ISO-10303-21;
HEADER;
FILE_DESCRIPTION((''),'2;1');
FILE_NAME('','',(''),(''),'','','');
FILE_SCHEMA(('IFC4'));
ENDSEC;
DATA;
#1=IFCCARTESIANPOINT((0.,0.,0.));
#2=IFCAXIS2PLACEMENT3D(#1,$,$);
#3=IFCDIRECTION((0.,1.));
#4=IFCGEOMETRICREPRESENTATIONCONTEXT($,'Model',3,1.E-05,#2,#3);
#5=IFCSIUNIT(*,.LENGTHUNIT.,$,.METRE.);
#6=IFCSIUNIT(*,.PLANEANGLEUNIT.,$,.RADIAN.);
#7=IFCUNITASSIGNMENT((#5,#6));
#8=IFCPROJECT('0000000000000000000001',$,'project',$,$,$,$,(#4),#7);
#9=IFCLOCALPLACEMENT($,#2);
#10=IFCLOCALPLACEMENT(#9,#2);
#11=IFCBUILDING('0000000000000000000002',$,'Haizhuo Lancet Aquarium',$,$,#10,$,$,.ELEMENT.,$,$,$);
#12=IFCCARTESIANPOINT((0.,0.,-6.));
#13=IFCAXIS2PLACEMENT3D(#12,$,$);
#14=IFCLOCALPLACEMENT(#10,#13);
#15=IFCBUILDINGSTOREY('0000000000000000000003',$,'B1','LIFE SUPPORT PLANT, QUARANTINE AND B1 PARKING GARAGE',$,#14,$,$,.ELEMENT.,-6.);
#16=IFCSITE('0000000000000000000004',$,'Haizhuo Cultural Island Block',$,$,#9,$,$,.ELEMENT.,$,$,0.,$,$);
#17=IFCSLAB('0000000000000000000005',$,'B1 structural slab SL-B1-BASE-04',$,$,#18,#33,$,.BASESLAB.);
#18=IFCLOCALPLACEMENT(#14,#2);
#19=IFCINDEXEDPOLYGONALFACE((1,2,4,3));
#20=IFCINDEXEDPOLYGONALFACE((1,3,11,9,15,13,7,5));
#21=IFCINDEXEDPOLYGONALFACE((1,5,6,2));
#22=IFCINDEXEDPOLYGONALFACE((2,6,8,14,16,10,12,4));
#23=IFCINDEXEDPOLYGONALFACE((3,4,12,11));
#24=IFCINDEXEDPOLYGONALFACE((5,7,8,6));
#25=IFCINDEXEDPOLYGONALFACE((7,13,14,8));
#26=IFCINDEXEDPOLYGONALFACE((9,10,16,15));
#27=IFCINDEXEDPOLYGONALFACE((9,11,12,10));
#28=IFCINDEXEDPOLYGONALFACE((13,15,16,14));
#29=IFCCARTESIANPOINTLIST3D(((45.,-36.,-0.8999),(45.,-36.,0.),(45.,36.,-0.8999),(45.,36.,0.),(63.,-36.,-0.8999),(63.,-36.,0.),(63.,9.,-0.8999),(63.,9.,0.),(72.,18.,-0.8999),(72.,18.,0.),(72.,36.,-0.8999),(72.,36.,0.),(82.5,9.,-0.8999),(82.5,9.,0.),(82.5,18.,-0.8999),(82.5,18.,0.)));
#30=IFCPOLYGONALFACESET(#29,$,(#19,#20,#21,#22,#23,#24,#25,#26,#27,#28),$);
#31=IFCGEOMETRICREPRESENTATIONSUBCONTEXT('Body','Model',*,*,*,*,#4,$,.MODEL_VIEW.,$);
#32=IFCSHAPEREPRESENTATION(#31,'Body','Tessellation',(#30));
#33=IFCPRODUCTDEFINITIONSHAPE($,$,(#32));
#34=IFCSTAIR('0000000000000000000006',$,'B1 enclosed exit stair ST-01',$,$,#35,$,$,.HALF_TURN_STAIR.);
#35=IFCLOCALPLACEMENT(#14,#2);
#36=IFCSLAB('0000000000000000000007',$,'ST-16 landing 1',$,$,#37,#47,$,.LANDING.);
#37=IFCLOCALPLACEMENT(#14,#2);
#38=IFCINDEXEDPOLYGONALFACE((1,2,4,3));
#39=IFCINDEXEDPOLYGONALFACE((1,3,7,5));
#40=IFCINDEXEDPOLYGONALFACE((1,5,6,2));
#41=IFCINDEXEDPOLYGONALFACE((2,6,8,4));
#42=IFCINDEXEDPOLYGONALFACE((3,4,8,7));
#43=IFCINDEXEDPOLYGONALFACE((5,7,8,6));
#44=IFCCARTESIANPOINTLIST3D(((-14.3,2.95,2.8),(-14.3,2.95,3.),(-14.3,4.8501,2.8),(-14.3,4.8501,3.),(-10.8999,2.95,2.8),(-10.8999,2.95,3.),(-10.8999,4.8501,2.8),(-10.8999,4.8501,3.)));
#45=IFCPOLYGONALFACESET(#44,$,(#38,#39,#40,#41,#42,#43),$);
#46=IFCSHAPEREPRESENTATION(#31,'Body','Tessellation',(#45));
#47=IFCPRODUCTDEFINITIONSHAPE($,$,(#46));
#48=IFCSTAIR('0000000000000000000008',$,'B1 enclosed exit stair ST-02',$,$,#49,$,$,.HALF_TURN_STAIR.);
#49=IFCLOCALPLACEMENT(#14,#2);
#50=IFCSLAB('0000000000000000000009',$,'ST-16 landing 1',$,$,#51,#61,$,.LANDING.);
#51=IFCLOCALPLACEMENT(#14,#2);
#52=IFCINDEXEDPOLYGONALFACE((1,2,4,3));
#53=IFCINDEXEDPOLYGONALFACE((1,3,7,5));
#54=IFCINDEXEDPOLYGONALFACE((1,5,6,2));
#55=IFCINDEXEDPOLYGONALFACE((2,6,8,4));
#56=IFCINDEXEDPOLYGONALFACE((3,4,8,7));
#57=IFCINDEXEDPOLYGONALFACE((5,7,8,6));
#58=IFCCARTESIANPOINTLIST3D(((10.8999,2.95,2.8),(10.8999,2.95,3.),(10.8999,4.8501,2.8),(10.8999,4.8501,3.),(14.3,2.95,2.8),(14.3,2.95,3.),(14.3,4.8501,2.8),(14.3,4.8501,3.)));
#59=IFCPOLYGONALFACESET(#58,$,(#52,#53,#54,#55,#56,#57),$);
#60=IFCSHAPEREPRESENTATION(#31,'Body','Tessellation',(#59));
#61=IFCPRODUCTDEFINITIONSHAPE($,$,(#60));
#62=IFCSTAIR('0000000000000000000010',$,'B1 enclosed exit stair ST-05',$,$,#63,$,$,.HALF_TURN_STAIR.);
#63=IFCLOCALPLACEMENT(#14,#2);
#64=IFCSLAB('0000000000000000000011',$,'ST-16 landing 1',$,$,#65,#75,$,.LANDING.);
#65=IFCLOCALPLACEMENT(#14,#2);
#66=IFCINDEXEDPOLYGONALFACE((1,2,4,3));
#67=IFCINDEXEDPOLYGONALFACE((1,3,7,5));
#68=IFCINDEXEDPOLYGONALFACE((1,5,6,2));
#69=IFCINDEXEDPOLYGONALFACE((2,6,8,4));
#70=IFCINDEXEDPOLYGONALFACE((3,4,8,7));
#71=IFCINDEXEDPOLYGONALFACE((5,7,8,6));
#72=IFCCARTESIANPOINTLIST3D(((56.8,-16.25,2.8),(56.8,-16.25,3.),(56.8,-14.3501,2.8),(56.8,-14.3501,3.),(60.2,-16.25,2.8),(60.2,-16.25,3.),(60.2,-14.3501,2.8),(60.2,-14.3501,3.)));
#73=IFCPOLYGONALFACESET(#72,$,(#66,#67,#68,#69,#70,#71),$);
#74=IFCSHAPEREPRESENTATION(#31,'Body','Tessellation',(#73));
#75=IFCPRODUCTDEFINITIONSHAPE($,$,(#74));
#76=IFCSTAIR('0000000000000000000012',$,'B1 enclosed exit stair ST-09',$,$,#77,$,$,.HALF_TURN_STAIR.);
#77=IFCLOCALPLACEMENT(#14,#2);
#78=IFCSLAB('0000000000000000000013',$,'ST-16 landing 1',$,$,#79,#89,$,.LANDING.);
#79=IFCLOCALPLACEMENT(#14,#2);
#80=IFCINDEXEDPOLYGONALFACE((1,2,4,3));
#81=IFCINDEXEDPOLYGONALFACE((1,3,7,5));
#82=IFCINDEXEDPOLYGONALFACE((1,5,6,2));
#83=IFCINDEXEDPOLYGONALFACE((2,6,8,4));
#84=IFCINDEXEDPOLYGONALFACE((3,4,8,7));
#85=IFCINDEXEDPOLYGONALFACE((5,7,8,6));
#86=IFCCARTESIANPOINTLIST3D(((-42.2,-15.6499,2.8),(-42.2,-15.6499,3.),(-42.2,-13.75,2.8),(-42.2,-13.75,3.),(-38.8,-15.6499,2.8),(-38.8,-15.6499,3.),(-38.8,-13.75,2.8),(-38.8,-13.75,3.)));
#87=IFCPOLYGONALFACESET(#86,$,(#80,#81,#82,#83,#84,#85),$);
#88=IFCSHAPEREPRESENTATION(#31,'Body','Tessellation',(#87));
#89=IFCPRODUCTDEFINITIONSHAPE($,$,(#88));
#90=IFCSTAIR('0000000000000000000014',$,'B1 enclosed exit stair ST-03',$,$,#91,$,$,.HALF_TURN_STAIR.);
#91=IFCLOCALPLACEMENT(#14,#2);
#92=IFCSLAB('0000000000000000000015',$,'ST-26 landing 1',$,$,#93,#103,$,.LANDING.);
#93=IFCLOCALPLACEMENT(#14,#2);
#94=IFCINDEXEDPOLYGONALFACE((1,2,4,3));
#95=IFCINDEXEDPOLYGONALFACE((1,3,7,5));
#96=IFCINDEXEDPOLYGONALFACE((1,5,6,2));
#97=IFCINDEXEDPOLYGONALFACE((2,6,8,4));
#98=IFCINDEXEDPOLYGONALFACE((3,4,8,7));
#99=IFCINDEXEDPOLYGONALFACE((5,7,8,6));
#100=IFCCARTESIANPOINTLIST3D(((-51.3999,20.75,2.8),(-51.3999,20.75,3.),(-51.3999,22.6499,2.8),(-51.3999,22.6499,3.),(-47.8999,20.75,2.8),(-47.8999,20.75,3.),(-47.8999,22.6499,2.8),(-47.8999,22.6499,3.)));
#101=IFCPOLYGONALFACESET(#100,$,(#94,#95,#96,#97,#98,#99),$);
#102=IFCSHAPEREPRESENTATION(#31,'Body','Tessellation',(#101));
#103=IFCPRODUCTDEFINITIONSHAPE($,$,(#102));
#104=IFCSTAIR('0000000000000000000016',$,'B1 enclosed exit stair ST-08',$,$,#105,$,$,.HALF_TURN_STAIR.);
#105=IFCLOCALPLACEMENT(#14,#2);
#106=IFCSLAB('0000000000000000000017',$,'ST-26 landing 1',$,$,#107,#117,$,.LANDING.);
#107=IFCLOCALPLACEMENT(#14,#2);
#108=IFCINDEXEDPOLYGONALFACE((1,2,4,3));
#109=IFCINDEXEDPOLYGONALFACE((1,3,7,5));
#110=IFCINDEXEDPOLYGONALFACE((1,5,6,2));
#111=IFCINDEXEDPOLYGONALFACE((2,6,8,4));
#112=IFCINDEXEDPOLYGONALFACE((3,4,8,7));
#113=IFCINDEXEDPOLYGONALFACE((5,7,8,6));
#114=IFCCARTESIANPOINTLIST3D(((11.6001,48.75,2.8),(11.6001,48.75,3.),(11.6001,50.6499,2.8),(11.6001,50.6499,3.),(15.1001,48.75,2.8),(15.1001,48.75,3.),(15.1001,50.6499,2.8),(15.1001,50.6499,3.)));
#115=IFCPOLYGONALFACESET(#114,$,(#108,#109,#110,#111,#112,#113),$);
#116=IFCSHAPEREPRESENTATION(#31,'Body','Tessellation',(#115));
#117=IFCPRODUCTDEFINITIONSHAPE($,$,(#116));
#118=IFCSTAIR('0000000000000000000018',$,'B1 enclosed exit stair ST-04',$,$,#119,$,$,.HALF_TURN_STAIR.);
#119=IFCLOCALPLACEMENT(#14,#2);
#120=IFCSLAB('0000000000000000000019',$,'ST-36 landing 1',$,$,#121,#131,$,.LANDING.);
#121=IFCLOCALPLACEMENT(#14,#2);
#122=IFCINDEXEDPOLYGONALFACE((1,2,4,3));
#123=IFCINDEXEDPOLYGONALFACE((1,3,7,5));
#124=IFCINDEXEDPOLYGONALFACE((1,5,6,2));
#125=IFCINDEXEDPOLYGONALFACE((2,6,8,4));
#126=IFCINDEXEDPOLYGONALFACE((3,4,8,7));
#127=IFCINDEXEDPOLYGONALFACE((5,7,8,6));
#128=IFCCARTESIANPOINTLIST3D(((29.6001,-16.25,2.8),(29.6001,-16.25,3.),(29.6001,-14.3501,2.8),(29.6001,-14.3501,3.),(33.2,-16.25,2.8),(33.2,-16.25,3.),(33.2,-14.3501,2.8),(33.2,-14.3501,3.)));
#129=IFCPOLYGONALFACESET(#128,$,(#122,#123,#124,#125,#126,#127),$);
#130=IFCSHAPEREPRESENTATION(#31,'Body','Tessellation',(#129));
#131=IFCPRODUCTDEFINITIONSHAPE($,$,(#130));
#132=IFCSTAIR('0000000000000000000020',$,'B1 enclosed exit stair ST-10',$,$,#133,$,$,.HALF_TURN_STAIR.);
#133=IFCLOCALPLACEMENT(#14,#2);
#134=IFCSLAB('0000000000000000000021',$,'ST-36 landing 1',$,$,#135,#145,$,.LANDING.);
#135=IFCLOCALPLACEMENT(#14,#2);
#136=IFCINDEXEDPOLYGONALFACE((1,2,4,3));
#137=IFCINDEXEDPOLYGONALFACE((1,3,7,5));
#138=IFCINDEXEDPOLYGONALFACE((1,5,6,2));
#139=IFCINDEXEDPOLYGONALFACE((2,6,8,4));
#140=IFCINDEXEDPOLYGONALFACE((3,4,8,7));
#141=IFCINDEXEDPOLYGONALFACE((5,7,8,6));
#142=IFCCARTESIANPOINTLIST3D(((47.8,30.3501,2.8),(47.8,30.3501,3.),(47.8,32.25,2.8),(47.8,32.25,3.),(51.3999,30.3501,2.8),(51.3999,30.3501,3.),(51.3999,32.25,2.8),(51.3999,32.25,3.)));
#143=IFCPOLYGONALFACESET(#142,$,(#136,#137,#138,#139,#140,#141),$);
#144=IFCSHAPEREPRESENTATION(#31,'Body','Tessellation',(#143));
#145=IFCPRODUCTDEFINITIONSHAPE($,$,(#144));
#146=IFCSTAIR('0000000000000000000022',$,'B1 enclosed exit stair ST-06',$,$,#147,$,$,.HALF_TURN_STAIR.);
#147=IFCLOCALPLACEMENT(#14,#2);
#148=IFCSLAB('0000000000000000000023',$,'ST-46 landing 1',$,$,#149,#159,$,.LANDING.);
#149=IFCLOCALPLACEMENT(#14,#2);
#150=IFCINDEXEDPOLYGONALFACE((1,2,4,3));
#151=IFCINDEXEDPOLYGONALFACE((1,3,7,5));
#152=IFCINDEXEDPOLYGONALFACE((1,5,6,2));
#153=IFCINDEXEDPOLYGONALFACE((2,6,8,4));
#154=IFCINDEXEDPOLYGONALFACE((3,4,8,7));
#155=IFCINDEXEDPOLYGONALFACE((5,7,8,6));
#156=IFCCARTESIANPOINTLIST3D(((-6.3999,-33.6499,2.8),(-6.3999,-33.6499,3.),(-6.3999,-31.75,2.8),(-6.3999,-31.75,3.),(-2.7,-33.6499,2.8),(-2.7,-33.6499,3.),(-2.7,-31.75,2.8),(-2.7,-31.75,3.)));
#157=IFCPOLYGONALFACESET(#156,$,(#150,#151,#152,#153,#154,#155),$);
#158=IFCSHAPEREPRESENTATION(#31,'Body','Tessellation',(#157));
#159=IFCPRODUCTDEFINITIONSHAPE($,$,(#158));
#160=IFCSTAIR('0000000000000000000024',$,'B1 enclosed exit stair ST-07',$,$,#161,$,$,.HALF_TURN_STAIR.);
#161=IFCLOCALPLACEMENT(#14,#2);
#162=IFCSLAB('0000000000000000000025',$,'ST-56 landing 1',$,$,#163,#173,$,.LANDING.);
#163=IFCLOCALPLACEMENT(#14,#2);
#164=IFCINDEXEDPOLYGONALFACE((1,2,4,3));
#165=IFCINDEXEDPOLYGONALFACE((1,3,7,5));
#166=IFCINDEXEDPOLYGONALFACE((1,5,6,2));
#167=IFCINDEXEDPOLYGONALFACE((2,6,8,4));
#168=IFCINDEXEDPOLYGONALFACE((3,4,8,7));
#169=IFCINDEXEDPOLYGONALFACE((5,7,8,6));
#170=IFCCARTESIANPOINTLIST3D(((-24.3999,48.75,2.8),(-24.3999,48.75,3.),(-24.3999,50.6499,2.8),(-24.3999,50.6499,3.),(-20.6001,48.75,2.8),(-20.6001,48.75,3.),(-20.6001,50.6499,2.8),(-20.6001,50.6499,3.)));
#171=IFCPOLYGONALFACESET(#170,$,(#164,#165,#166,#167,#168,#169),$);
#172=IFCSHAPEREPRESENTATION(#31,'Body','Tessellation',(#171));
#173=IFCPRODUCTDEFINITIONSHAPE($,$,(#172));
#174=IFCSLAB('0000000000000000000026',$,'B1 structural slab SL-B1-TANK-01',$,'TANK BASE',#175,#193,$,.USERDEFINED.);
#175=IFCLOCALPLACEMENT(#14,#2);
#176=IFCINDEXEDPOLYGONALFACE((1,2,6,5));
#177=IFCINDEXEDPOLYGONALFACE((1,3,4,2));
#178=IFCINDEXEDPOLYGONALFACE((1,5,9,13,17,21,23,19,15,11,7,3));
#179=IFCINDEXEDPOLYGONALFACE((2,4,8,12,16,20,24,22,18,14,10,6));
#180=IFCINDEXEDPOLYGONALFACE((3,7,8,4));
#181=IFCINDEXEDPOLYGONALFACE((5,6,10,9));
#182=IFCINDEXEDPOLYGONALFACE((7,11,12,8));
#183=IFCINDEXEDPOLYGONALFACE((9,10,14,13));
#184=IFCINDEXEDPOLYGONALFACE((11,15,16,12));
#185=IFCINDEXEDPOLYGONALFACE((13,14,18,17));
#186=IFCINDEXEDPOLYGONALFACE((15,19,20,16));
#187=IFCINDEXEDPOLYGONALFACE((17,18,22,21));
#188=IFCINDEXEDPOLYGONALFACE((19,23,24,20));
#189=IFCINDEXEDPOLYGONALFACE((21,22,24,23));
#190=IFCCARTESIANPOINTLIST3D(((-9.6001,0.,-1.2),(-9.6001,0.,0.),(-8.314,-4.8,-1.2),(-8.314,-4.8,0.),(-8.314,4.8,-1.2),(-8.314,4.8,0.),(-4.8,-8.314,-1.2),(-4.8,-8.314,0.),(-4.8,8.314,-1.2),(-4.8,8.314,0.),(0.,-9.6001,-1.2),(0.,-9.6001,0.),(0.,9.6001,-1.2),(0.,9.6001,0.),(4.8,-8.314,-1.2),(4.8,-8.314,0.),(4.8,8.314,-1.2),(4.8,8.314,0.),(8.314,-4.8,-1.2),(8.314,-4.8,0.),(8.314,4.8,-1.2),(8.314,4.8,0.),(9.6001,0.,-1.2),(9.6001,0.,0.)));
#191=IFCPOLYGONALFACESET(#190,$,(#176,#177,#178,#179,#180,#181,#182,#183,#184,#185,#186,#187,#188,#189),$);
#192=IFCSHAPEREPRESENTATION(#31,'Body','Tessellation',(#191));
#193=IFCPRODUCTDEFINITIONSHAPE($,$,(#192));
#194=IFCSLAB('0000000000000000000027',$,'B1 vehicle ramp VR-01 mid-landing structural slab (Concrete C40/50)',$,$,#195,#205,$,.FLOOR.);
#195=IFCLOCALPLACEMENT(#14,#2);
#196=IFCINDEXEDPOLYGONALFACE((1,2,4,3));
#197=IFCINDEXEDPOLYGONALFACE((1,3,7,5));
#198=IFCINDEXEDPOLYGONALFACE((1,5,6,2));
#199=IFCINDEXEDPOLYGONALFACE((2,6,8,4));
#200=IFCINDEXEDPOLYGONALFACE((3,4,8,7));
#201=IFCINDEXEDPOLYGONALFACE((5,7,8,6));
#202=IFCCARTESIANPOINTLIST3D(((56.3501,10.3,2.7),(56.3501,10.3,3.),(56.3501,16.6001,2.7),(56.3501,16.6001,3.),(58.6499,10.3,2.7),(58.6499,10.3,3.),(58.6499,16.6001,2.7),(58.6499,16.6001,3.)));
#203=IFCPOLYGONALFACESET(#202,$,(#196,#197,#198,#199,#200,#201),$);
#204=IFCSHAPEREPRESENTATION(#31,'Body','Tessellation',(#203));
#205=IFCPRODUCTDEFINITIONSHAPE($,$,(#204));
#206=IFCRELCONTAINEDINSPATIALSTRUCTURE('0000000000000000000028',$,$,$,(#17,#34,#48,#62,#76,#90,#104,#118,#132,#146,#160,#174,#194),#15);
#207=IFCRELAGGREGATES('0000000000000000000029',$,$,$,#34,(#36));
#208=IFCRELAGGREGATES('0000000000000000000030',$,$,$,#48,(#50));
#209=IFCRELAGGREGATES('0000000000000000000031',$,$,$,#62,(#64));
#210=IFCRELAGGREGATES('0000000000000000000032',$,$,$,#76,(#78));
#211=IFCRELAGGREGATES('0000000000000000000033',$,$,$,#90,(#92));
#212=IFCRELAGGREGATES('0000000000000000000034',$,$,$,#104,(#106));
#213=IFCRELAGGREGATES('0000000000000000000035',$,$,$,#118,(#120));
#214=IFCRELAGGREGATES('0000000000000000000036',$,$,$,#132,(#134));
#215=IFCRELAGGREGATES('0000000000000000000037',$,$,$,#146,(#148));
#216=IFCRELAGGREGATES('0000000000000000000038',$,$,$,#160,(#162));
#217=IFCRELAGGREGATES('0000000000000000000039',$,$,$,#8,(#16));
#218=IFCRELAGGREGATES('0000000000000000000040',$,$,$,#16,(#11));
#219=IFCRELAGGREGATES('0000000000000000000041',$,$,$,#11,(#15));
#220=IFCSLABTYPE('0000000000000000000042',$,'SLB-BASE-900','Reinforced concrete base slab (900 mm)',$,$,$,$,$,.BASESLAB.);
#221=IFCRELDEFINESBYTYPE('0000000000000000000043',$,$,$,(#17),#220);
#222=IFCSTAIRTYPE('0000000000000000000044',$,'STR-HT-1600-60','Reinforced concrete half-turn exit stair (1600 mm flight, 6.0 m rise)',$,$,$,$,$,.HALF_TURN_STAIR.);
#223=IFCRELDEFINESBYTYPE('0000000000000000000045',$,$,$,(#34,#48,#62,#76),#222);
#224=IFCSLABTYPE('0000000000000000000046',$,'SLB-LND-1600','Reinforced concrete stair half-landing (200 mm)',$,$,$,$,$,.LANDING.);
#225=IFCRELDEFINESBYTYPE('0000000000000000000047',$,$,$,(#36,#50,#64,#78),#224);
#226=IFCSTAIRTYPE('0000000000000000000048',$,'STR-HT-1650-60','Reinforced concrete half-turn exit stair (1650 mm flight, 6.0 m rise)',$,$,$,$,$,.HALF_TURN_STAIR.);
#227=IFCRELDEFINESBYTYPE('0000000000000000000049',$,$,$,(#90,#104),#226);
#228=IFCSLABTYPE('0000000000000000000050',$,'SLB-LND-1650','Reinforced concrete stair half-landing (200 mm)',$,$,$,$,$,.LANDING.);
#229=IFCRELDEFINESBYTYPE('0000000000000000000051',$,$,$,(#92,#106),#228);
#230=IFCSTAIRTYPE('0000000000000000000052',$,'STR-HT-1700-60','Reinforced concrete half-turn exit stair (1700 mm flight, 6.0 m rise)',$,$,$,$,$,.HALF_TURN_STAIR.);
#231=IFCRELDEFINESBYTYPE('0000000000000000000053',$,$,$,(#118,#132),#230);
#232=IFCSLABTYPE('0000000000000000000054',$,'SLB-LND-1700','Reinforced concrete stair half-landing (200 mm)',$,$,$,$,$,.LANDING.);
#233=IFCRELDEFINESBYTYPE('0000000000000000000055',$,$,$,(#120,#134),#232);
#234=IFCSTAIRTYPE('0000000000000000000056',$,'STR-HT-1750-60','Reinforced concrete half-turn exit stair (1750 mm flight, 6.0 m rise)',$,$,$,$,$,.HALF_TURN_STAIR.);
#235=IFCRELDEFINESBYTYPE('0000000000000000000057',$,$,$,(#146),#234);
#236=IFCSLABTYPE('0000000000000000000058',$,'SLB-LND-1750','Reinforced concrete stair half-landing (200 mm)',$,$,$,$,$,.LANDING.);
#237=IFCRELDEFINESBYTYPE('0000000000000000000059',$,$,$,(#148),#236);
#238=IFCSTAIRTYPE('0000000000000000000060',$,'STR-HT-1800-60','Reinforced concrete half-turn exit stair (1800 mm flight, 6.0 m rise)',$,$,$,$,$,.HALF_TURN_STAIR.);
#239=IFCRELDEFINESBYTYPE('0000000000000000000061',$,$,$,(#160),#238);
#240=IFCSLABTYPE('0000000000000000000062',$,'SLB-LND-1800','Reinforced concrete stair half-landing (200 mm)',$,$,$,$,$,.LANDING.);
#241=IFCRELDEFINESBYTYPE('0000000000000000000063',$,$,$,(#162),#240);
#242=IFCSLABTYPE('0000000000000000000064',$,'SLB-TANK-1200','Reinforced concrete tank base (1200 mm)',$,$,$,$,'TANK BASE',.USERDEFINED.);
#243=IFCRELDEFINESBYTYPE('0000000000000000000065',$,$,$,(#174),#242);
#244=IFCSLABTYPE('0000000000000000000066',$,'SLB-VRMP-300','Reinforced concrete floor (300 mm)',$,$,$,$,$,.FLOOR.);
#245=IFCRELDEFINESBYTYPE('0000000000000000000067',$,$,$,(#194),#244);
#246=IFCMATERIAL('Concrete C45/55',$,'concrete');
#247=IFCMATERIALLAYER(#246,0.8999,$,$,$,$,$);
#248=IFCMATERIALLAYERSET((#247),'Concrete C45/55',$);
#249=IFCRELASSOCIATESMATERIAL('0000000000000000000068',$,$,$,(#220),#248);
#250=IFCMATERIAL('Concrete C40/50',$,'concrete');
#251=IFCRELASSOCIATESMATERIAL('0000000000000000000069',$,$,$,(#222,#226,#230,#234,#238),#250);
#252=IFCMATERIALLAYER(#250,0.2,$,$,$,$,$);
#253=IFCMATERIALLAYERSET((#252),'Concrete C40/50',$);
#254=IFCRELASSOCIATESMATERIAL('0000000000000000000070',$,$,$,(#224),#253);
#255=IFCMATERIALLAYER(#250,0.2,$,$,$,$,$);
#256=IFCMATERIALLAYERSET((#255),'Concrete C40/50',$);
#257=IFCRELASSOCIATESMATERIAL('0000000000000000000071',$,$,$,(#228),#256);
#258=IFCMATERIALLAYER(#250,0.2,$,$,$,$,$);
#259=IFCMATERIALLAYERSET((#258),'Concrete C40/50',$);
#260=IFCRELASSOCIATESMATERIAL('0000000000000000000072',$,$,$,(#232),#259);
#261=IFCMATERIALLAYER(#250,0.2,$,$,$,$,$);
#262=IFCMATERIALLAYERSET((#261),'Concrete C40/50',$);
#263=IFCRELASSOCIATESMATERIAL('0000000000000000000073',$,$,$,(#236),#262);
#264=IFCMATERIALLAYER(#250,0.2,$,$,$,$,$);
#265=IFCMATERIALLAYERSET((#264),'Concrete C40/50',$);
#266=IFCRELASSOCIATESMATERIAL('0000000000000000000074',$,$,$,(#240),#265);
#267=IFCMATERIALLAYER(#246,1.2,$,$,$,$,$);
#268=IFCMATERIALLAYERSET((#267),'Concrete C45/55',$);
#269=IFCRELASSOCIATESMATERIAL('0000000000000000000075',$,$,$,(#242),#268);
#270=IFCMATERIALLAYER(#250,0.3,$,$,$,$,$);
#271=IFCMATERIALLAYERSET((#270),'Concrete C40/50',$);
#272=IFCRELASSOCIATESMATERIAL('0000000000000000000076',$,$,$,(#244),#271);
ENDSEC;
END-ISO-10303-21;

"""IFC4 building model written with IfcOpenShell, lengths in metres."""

from ifc_helpers import new_model, si_unit, direction, frame, origin, place, context, subcontext, project, spatial, polyline, outline, extrude, material, layer, layer_set, type_object, element, aggregate, save


model = new_model("IFC4")

# Units and contexts
model_context = context("Model", 3, precision=1e-05, world=origin(), true_north=direction((0.0, 1.0)))
body_context = subcontext(model_context, "Body", "Model", "MODEL_VIEW")
ifc_project = project(units=[si_unit("LENGTHUNIT", "METRE"), si_unit("PLANEANGLEUNIT", "RADIAN")], contexts=[model_context])

# Site, building, storey
site_placement = place(None, origin())
site = spatial("IfcSite", under=ifc_project, at=site_placement, Name="Haizhuo Cultural Island Block", CompositionType="ELEMENT", RefElevation=0.0)
building_placement = place(site_placement, origin())
building = spatial("IfcBuilding", under=site, at=building_placement, Name="Haizhuo Lancet Aquarium", CompositionType="ELEMENT")
storey_placement = place(building_placement, frame((0.0, 0.0, -6.0)))
storey = spatial("IfcBuildingStorey", under=building, at=storey_placement, Name="B1", Description="LIFE SUPPORT PLANT, QUARANTINE AND B1 PARKING GARAGE", CompositionType="ELEMENT", Elevation=-6.0)

# Shared definitions
ifc_material_1 = material(Name="Concrete C40/50", Category="concrete")

# Slab
ifc_material_2 = material(Name="Concrete C45/55", Category="concrete")
ifc_layer_1 = layer(ifc_material_2, 0.8999)
ifc_layer_set_1 = layer_set([ifc_layer_1], Name="Concrete C45/55")
slab_type_1 = type_object("IfcSlabType", Name="SLB-BASE-900", Description="Reinforced concrete base slab (900 mm)", PredefinedType="BASESLAB", material=ifc_layer_set_1)
slab_1_placement = place(storey_placement, frame((0.0, 0.0, -0.8999)))
element("IfcSlab", 1, at=slab_1_placement, inside=storey, type_object=slab_type_1, Name="B1 structural slab SL-B1-BASE-04", PredefinedType="BASESLAB", context=body_context, shape_type="SweptSolid", body=[
    extrude(outline(polyline([(45.0, 36.0), (45.0, -36.0), (63.0, -36.0), (63.0, 9.0), (82.5, 9.0), (82.5, 18.0), (72.0, 18.0), (72.0, 36.0), (45.0, 36.0)])), origin(), (0.0, 0.0, 1.0), 0.8999),
])

# Stairs, slabs
stair_type_1 = type_object("IfcStairType", Name="STR-HT-1600-60", Description="Reinforced concrete half-turn exit stair (1600 mm flight, 6.0 m rise)", PredefinedType="HALF_TURN_STAIR", material=ifc_material_1)
stair_1_placement = place(storey_placement, origin())
stair_1 = element("IfcStair", 2, at=stair_1_placement, inside=storey, type_object=stair_type_1, Name="B1 enclosed exit stair ST-01", PredefinedType="HALF_TURN_STAIR")
ifc_layer_2 = layer(ifc_material_1, 0.2)
ifc_layer_set_2 = layer_set([ifc_layer_2], Name="Concrete C40/50")
slab_type_2 = type_object("IfcSlabType", Name="SLB-LND-1600", Description="Reinforced concrete stair half-landing (200 mm)", PredefinedType="LANDING", material=ifc_layer_set_2)
slab_2_placement = place(storey_placement, frame((0.0, 0.0, 2.8)))
slab_2 = element("IfcSlab", 3, at=slab_2_placement, type_object=slab_type_2, Name="ST-16 landing 1", PredefinedType="LANDING", context=body_context, shape_type="SweptSolid", body=[
    extrude(outline(polyline([(-10.8999, 2.95), (-10.8999, 4.8501), (-14.3, 4.8501), (-14.3, 2.95), (-10.8999, 2.95)])), origin(), (0.0, 0.0, 1.0), 0.2),
])
aggregate(stair_1, [slab_2])
stair_2_placement = place(storey_placement, origin())
stair_2 = element("IfcStair", 4, at=stair_2_placement, inside=storey, type_object=stair_type_1, Name="B1 enclosed exit stair ST-02", PredefinedType="HALF_TURN_STAIR")
slab_3_placement = place(storey_placement, frame((0.0, 0.0, 2.8)))
slab_3 = element("IfcSlab", 5, at=slab_3_placement, type_object=slab_type_2, Name="ST-16 landing 1", PredefinedType="LANDING", context=body_context, shape_type="SweptSolid", body=[
    extrude(outline(polyline([(14.3, 2.95), (14.3, 4.8501), (10.8999, 4.8501), (10.8999, 2.95), (14.3, 2.95)])), origin(), (0.0, 0.0, 1.0), 0.2),
])
aggregate(stair_2, [slab_3])
stair_3_placement = place(storey_placement, origin())
stair_3 = element("IfcStair", 6, at=stair_3_placement, inside=storey, type_object=stair_type_1, Name="B1 enclosed exit stair ST-05", PredefinedType="HALF_TURN_STAIR")
slab_4_placement = place(storey_placement, frame((0.0, 0.0, 2.8)))
slab_4 = element("IfcSlab", 7, at=slab_4_placement, type_object=slab_type_2, Name="ST-16 landing 1", PredefinedType="LANDING", context=body_context, shape_type="SweptSolid", body=[
    extrude(outline(polyline([(60.2, -16.25), (60.2, -14.3501), (56.8, -14.3501), (56.8, -16.25), (60.2, -16.25)])), origin(), (0.0, 0.0, 1.0), 0.2),
])
aggregate(stair_3, [slab_4])
stair_4_placement = place(storey_placement, origin())
stair_4 = element("IfcStair", 8, at=stair_4_placement, inside=storey, type_object=stair_type_1, Name="B1 enclosed exit stair ST-09", PredefinedType="HALF_TURN_STAIR")
slab_5_placement = place(storey_placement, frame((0.0, 0.0, 2.8)))
slab_5 = element("IfcSlab", 9, at=slab_5_placement, type_object=slab_type_2, Name="ST-16 landing 1", PredefinedType="LANDING", context=body_context, shape_type="SweptSolid", body=[
    extrude(outline(polyline([(-38.8, -15.6499), (-38.8, -13.75), (-42.2, -13.75), (-42.2, -15.6499), (-38.8, -15.6499)])), origin(), (0.0, 0.0, 1.0), 0.2),
])
aggregate(stair_4, [slab_5])
stair_type_2 = type_object("IfcStairType", Name="STR-HT-1650-60", Description="Reinforced concrete half-turn exit stair (1650 mm flight, 6.0 m rise)", PredefinedType="HALF_TURN_STAIR", material=ifc_material_1)
stair_5_placement = place(storey_placement, origin())
stair_5 = element("IfcStair", 10, at=stair_5_placement, inside=storey, type_object=stair_type_2, Name="B1 enclosed exit stair ST-03", PredefinedType="HALF_TURN_STAIR")
ifc_layer_3 = layer(ifc_material_1, 0.2)
ifc_layer_set_3 = layer_set([ifc_layer_3], Name="Concrete C40/50")
slab_type_3 = type_object("IfcSlabType", Name="SLB-LND-1650", Description="Reinforced concrete stair half-landing (200 mm)", PredefinedType="LANDING", material=ifc_layer_set_3)
slab_6_placement = place(storey_placement, frame((0.0, 0.0, 2.8)))
slab_6 = element("IfcSlab", 11, at=slab_6_placement, type_object=slab_type_3, Name="ST-26 landing 1", PredefinedType="LANDING", context=body_context, shape_type="SweptSolid", body=[
    extrude(outline(polyline([(-47.8999, 20.75), (-47.8999, 22.6499), (-51.3999, 22.6499), (-51.3999, 20.75), (-47.8999, 20.75)])), origin(), (0.0, 0.0, 1.0), 0.2),
])
aggregate(stair_5, [slab_6])
stair_6_placement = place(storey_placement, origin())
stair_6 = element("IfcStair", 12, at=stair_6_placement, inside=storey, type_object=stair_type_2, Name="B1 enclosed exit stair ST-08", PredefinedType="HALF_TURN_STAIR")
slab_7_placement = place(storey_placement, frame((0.0, 0.0, 2.8)))
slab_7 = element("IfcSlab", 13, at=slab_7_placement, type_object=slab_type_3, Name="ST-26 landing 1", PredefinedType="LANDING", context=body_context, shape_type="SweptSolid", body=[
    extrude(outline(polyline([(15.1001, 48.75), (15.1001, 50.6499), (11.6001, 50.6499), (11.6001, 48.75), (15.1001, 48.75)])), origin(), (0.0, 0.0, 1.0), 0.2),
])
aggregate(stair_6, [slab_7])
stair_type_3 = type_object("IfcStairType", Name="STR-HT-1700-60", Description="Reinforced concrete half-turn exit stair (1700 mm flight, 6.0 m rise)", PredefinedType="HALF_TURN_STAIR", material=ifc_material_1)
stair_7_placement = place(storey_placement, origin())
stair_7 = element("IfcStair", 14, at=stair_7_placement, inside=storey, type_object=stair_type_3, Name="B1 enclosed exit stair ST-04", PredefinedType="HALF_TURN_STAIR")
ifc_layer_4 = layer(ifc_material_1, 0.2)
ifc_layer_set_4 = layer_set([ifc_layer_4], Name="Concrete C40/50")
slab_type_4 = type_object("IfcSlabType", Name="SLB-LND-1700", Description="Reinforced concrete stair half-landing (200 mm)", PredefinedType="LANDING", material=ifc_layer_set_4)
slab_8_placement = place(storey_placement, frame((0.0, 0.0, 2.8)))
slab_8 = element("IfcSlab", 15, at=slab_8_placement, type_object=slab_type_4, Name="ST-36 landing 1", PredefinedType="LANDING", context=body_context, shape_type="SweptSolid", body=[
    extrude(outline(polyline([(33.2, -16.25), (33.2, -14.3501), (29.6001, -14.3501), (29.6001, -16.25), (33.2, -16.25)])), origin(), (0.0, 0.0, 1.0), 0.2),
])
aggregate(stair_7, [slab_8])
stair_8_placement = place(storey_placement, origin())
stair_8 = element("IfcStair", 16, at=stair_8_placement, inside=storey, type_object=stair_type_3, Name="B1 enclosed exit stair ST-10", PredefinedType="HALF_TURN_STAIR")
slab_9_placement = place(storey_placement, frame((0.0, 0.0, 2.8)))
slab_9 = element("IfcSlab", 17, at=slab_9_placement, type_object=slab_type_4, Name="ST-36 landing 1", PredefinedType="LANDING", context=body_context, shape_type="SweptSolid", body=[
    extrude(outline(polyline([(51.3999, 30.3501), (51.3999, 32.25), (47.8, 32.25), (47.8, 30.3501), (51.3999, 30.3501)])), origin(), (0.0, 0.0, 1.0), 0.2),
])
aggregate(stair_8, [slab_9])
stair_type_4 = type_object("IfcStairType", Name="STR-HT-1750-60", Description="Reinforced concrete half-turn exit stair (1750 mm flight, 6.0 m rise)", PredefinedType="HALF_TURN_STAIR", material=ifc_material_1)
stair_9_placement = place(storey_placement, origin())
stair_9 = element("IfcStair", 18, at=stair_9_placement, inside=storey, type_object=stair_type_4, Name="B1 enclosed exit stair ST-06", PredefinedType="HALF_TURN_STAIR")
ifc_layer_5 = layer(ifc_material_1, 0.2)
ifc_layer_set_5 = layer_set([ifc_layer_5], Name="Concrete C40/50")
slab_type_5 = type_object("IfcSlabType", Name="SLB-LND-1750", Description="Reinforced concrete stair half-landing (200 mm)", PredefinedType="LANDING", material=ifc_layer_set_5)
slab_10_placement = place(storey_placement, frame((0.0, 0.0, 2.8)))
slab_10 = element("IfcSlab", 19, at=slab_10_placement, type_object=slab_type_5, Name="ST-46 landing 1", PredefinedType="LANDING", context=body_context, shape_type="SweptSolid", body=[
    extrude(outline(polyline([(-2.7, -33.6499), (-2.7, -31.75), (-6.3999, -31.75), (-6.3999, -33.6499), (-2.7, -33.6499)])), origin(), (0.0, 0.0, 1.0), 0.2),
])
aggregate(stair_9, [slab_10])
stair_type_5 = type_object("IfcStairType", Name="STR-HT-1800-60", Description="Reinforced concrete half-turn exit stair (1800 mm flight, 6.0 m rise)", PredefinedType="HALF_TURN_STAIR", material=ifc_material_1)
stair_10_placement = place(storey_placement, origin())
stair_10 = element("IfcStair", 20, at=stair_10_placement, inside=storey, type_object=stair_type_5, Name="B1 enclosed exit stair ST-07", PredefinedType="HALF_TURN_STAIR")
ifc_layer_6 = layer(ifc_material_1, 0.2)
ifc_layer_set_6 = layer_set([ifc_layer_6], Name="Concrete C40/50")
slab_type_6 = type_object("IfcSlabType", Name="SLB-LND-1800", Description="Reinforced concrete stair half-landing (200 mm)", PredefinedType="LANDING", material=ifc_layer_set_6)
slab_11_placement = place(storey_placement, frame((0.0, 0.0, 2.8)))
slab_11 = element("IfcSlab", 21, at=slab_11_placement, type_object=slab_type_6, Name="ST-56 landing 1", PredefinedType="LANDING", context=body_context, shape_type="SweptSolid", body=[
    extrude(outline(polyline([(-20.6001, 48.75), (-20.6001, 50.6499), (-24.3999, 50.6499), (-24.3999, 48.75), (-20.6001, 48.75)])), origin(), (0.0, 0.0, 1.0), 0.2),
])
aggregate(stair_10, [slab_11])

# Slabs
ifc_layer_7 = layer(ifc_material_2, 1.2)
ifc_layer_set_7 = layer_set([ifc_layer_7], Name="Concrete C45/55")
slab_type_7 = type_object("IfcSlabType", Name="SLB-TANK-1200", Description="Reinforced concrete tank base (1200 mm)", ElementType="TANK BASE", PredefinedType="USERDEFINED", material=ifc_layer_set_7)
slab_12_placement = place(storey_placement, frame((0.0, 0.0, -1.2)))
element("IfcSlab", 22, at=slab_12_placement, inside=storey, type_object=slab_type_7, Name="B1 structural slab SL-B1-TANK-01", ObjectType="TANK BASE", PredefinedType="USERDEFINED", context=body_context, shape_type="SweptSolid", body=[
    extrude(outline(polyline([(9.6001, 0.0), (8.314, 4.8), (4.8, 8.314), (0.0, 9.6001), (-4.8, 8.314), (-8.314, 4.8), (-9.6001, 0.0), (-8.314, -4.8), (-4.8, -8.314), (0.0, -9.6001), (4.8, -8.314), (8.314, -4.8), (9.6001, 0.0)])), origin(), (0.0, 0.0, 1.0), 1.2),
])
ifc_layer_8 = layer(ifc_material_1, 0.3)
ifc_layer_set_8 = layer_set([ifc_layer_8], Name="Concrete C40/50")
slab_type_8 = type_object("IfcSlabType", Name="SLB-VRMP-300", Description="Reinforced concrete floor (300 mm)", PredefinedType="FLOOR", material=ifc_layer_set_8)
slab_13_placement = place(storey_placement, frame((0.0, 0.0, 2.7)))
element("IfcSlab", 23, at=slab_13_placement, inside=storey, type_object=slab_type_8, Name="B1 vehicle ramp VR-01 mid-landing structural slab (Concrete C40/50)", PredefinedType="FLOOR", context=body_context, shape_type="SweptSolid", body=[
    extrude(outline(polyline([(56.3501, 10.3), (58.6499, 10.3), (58.6499, 16.6001), (56.3501, 16.6001), (56.3501, 10.3)])), origin(), (0.0, 0.0, 1.0), 0.3),
])

save(model, "model.ifc")
